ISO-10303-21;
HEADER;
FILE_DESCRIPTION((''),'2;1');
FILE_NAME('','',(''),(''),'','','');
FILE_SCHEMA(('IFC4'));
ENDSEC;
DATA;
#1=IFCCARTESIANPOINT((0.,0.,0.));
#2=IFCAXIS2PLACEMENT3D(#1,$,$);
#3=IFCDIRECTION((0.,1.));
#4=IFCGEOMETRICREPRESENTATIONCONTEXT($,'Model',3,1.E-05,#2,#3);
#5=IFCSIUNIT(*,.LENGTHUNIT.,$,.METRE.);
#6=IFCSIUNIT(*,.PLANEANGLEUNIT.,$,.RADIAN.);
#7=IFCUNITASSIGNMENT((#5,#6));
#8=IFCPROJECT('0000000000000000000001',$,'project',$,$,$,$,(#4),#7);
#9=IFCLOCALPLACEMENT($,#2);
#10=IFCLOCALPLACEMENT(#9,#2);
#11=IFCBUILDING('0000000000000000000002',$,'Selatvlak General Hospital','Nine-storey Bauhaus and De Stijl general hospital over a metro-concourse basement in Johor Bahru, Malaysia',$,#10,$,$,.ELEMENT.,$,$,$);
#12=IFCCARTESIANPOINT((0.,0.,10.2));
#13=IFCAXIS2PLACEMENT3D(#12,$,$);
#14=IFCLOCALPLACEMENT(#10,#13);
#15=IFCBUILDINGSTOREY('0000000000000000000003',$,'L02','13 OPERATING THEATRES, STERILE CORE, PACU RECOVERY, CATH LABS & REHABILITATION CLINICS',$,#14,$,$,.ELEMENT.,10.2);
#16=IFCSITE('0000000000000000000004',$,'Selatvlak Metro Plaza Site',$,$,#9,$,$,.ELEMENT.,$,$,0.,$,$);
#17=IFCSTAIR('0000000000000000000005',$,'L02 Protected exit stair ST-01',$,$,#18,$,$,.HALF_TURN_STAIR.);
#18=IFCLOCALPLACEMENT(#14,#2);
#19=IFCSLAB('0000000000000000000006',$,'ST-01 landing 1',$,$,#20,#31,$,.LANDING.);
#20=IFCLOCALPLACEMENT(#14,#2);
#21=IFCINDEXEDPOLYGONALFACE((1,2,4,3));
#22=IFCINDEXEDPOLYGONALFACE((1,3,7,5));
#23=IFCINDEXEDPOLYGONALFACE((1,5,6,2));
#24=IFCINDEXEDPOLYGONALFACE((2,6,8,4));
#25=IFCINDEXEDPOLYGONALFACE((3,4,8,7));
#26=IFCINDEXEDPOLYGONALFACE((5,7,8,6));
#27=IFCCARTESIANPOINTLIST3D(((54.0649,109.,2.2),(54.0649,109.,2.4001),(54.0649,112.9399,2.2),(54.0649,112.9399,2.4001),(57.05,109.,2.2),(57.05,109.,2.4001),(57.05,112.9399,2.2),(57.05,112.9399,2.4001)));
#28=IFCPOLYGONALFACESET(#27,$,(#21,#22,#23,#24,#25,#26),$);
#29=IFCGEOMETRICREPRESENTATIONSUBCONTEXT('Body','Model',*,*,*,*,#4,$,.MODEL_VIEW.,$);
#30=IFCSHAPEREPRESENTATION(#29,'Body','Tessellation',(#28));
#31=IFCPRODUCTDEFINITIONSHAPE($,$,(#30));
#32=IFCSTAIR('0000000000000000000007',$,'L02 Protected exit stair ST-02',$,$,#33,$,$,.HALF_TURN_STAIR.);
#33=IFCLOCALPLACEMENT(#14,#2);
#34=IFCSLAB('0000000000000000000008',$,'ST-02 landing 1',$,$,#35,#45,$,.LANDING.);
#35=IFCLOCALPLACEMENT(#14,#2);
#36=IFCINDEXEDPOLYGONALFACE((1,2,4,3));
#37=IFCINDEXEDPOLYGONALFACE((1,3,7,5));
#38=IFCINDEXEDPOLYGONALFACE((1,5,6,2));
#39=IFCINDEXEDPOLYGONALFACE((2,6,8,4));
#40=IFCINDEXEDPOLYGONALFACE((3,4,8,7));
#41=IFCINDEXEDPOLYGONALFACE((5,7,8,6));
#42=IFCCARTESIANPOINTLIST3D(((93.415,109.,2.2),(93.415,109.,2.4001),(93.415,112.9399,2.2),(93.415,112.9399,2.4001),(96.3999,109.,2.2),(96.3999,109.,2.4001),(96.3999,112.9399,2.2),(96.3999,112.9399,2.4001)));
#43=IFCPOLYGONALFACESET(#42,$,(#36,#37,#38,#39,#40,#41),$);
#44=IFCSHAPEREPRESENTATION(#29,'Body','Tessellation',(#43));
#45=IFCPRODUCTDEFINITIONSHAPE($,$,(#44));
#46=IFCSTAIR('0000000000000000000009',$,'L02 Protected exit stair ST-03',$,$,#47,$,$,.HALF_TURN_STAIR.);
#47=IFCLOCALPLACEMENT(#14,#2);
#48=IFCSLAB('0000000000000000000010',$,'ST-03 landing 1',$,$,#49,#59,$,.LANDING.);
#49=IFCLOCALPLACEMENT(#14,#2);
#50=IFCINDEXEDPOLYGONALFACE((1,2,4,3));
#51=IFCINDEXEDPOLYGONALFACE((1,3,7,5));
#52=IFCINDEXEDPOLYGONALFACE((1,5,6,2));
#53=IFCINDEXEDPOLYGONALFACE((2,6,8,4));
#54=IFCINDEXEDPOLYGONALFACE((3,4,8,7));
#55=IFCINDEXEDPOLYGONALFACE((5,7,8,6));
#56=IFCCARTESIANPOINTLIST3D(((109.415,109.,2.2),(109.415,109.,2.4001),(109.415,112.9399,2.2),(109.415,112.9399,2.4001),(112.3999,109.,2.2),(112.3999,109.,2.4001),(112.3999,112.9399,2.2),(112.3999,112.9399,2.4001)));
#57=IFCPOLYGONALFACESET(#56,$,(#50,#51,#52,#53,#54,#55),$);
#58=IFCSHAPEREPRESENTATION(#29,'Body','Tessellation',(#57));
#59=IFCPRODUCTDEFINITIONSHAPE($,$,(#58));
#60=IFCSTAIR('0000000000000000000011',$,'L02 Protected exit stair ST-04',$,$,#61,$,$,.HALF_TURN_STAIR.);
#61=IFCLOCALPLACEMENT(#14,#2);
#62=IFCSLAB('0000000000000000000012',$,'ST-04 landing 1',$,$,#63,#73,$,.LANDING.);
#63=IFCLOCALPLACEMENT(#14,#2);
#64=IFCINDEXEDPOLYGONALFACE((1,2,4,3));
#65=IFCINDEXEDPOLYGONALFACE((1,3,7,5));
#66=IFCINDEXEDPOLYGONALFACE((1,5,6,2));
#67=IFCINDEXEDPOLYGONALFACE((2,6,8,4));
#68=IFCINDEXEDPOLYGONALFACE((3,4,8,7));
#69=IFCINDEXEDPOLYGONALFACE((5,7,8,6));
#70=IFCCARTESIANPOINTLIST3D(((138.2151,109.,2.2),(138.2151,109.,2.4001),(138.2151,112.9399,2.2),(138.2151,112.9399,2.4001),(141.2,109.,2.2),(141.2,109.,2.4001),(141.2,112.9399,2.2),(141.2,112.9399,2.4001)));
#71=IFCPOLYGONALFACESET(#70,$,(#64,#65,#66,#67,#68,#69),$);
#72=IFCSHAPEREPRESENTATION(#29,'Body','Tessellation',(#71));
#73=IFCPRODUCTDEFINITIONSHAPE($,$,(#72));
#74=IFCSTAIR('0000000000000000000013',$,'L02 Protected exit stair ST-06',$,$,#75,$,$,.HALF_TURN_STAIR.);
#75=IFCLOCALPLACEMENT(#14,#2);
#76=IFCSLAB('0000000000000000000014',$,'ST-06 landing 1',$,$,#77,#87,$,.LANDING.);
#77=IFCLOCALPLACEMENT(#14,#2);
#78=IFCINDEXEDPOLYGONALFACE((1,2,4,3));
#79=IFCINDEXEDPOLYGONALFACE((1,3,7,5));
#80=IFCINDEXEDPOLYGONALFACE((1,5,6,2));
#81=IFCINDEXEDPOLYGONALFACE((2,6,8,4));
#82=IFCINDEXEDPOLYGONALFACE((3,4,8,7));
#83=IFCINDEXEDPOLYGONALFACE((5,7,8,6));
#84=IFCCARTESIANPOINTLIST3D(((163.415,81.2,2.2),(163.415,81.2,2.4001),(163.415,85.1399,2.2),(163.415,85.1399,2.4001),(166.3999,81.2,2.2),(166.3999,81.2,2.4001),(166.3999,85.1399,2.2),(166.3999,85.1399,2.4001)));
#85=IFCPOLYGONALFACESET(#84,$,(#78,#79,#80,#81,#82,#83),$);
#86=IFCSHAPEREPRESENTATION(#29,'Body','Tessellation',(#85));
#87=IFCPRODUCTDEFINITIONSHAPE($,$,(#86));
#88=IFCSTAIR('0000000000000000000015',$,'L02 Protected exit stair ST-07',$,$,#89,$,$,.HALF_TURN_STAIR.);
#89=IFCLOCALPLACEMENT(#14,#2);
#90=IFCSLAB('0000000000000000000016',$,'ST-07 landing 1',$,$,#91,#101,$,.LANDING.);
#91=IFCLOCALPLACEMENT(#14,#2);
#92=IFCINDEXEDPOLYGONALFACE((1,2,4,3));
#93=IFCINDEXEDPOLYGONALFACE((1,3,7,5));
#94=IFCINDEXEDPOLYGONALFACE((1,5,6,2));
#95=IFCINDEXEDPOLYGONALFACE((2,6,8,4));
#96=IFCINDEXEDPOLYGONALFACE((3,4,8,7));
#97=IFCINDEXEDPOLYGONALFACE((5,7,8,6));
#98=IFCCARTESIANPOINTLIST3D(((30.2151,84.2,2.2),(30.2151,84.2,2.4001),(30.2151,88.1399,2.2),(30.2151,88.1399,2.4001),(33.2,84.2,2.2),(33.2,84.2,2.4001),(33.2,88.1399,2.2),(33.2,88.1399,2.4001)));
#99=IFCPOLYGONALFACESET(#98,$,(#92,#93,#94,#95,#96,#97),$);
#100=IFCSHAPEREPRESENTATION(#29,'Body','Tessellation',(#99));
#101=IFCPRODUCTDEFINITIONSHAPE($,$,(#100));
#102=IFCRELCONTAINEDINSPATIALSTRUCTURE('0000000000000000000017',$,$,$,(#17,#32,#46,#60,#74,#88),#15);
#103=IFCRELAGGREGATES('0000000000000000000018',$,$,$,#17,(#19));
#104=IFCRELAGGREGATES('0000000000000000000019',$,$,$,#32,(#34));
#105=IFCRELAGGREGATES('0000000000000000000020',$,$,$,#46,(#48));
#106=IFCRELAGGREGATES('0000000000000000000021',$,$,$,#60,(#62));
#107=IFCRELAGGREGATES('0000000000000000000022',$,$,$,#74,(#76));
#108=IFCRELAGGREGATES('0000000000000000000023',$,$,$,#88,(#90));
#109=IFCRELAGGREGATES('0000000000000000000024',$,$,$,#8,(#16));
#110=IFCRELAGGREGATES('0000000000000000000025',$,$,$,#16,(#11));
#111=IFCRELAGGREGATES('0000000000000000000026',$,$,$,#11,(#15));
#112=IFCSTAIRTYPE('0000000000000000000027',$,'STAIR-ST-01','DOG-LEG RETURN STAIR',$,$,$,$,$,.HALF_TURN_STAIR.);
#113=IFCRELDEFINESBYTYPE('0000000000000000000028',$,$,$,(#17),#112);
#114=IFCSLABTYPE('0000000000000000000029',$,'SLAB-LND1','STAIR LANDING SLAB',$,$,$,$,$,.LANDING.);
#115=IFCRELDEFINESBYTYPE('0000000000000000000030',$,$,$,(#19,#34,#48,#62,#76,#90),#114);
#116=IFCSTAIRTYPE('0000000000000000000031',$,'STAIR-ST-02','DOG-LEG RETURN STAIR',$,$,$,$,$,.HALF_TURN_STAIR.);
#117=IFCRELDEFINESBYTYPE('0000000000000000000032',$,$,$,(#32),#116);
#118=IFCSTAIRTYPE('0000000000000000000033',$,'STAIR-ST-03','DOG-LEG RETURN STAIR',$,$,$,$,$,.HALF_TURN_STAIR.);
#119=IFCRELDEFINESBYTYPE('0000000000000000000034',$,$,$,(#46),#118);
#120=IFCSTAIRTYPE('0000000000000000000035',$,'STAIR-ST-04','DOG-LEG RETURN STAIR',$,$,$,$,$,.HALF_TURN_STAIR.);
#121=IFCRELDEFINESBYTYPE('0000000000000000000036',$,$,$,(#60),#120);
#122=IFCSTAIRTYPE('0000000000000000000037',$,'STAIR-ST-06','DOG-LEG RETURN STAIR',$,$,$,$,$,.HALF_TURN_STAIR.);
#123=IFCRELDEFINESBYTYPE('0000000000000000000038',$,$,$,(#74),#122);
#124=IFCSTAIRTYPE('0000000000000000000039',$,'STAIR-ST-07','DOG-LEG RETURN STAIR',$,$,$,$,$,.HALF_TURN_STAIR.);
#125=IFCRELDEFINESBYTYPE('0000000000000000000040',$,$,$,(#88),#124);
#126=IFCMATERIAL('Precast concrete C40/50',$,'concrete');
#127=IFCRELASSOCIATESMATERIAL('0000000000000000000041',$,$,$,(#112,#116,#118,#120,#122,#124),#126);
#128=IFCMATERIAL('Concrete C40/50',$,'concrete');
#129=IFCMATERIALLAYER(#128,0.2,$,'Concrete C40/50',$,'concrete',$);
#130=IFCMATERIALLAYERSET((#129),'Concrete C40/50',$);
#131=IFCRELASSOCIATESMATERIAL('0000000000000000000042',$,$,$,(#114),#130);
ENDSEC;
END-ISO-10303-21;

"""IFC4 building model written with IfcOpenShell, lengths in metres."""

from ifc_helpers import new_model, si_unit, direction, frame, origin, place, context, subcontext, project, spatial, polyline, outline, extrude, material, layer, layer_set, type_object, element, aggregate, save


model = new_model("IFC4")

# Units and contexts
model_context = context("Model", 3, precision=1e-05, world=origin(), true_north=direction((0.0, 1.0)))
body_context = subcontext(model_context, "Body", "Model", "MODEL_VIEW")
ifc_project = project(units=[si_unit("LENGTHUNIT", "METRE"), si_unit("PLANEANGLEUNIT", "RADIAN")], contexts=[model_context])

# Site, building, storey
site_placement = place(None, origin())
site = spatial("IfcSite", under=ifc_project, at=site_placement, Name="Selatvlak Metro Plaza Site", CompositionType="ELEMENT", RefElevation=0.0)
building_placement = place(site_placement, origin())
building = spatial("IfcBuilding", under=site, at=building_placement, Name="Selatvlak General Hospital", Description="Nine-storey Bauhaus and De Stijl general hospital over a metro-concourse basement in Johor Bahru, Malaysia", CompositionType="ELEMENT")
storey_placement = place(building_placement, frame((0.0, 0.0, 10.2)))
storey = spatial("IfcBuildingStorey", under=building, at=storey_placement, Name="L02", Description="13 OPERATING THEATRES, STERILE CORE, PACU RECOVERY, CATH LABS & REHABILITATION CLINICS", CompositionType="ELEMENT", Elevation=10.2)

# Stairs, slabs
ifc_material_1 = material(Name="Precast concrete C40/50", Category="concrete")
stair_type_1 = type_object("IfcStairType", Name="STAIR-ST-01", Description="DOG-LEG RETURN STAIR", PredefinedType="HALF_TURN_STAIR", material=ifc_material_1)
stair_1_placement = place(storey_placement, origin())
stair_1 = element("IfcStair", 1, at=stair_1_placement, inside=storey, type_object=stair_type_1, Name="L02 Protected exit stair ST-01", PredefinedType="HALF_TURN_STAIR")
ifc_material_2 = material(Name="Concrete C40/50", Category="concrete")
ifc_layer_1 = layer(ifc_material_2, 0.2, Name="Concrete C40/50", Category="concrete")
ifc_layer_set_1 = layer_set([ifc_layer_1], Name="Concrete C40/50")
slab_type_1 = type_object("IfcSlabType", Name="SLAB-LND1", Description="STAIR LANDING SLAB", PredefinedType="LANDING", material=ifc_layer_set_1)
slab_1_placement = place(storey_placement, frame((0.0, 0.0, 2.2)))
slab_1 = element("IfcSlab", 2, at=slab_1_placement, type_object=slab_type_1, Name="ST-01 landing 1", PredefinedType="LANDING", context=body_context, shape_type="SweptSolid", body=[
    extrude(outline(polyline([(54.0649, 109.0), (57.05, 109.0), (57.05, 112.9399), (54.0649, 112.9399), (54.0649, 109.0)])), origin(), (0.0, 0.0, 1.0), 0.2002),
])
aggregate(stair_1, [slab_1])
stair_type_2 = type_object("IfcStairType", Name="STAIR-ST-02", Description="DOG-LEG RETURN STAIR", PredefinedType="HALF_TURN_STAIR", material=ifc_material_1)
stair_2_placement = place(storey_placement, origin())
stair_2 = element("IfcStair", 3, at=stair_2_placement, inside=storey, type_object=stair_type_2, Name="L02 Protected exit stair ST-02", PredefinedType="HALF_TURN_STAIR")
slab_2_placement = place(storey_placement, frame((0.0, 0.0, 2.2)))
slab_2 = element("IfcSlab", 4, at=slab_2_placement, type_object=slab_type_1, Name="ST-02 landing 1", PredefinedType="LANDING", context=body_context, shape_type="SweptSolid", body=[
    extrude(outline(polyline([(93.415, 109.0), (96.3999, 109.0), (96.3999, 112.9399), (93.415, 112.9399), (93.415, 109.0)])), origin(), (0.0, 0.0, 1.0), 0.2002),
])
aggregate(stair_2, [slab_2])
stair_type_3 = type_object("IfcStairType", Name="STAIR-ST-03", Description="DOG-LEG RETURN STAIR", PredefinedType="HALF_TURN_STAIR", material=ifc_material_1)
stair_3_placement = place(storey_placement, origin())
stair_3 = element("IfcStair", 5, at=stair_3_placement, inside=storey, type_object=stair_type_3, Name="L02 Protected exit stair ST-03", PredefinedType="HALF_TURN_STAIR")
slab_3_placement = place(storey_placement, frame((0.0, 0.0, 2.2)))
slab_3 = element("IfcSlab", 6, at=slab_3_placement, type_object=slab_type_1, Name="ST-03 landing 1", PredefinedType="LANDING", context=body_context, shape_type="SweptSolid", body=[
    extrude(outline(polyline([(109.415, 109.0), (112.3999, 109.0), (112.3999, 112.9399), (109.415, 112.9399), (109.415, 109.0)])), origin(), (0.0, 0.0, 1.0), 0.2002),
])
aggregate(stair_3, [slab_3])
stair_type_4 = type_object("IfcStairType", Name="STAIR-ST-04", Description="DOG-LEG RETURN STAIR", PredefinedType="HALF_TURN_STAIR", material=ifc_material_1)
stair_4_placement = place(storey_placement, origin())
stair_4 = element("IfcStair", 7, at=stair_4_placement, inside=storey, type_object=stair_type_4, Name="L02 Protected exit stair ST-04", PredefinedType="HALF_TURN_STAIR")
slab_4_placement = place(storey_placement, frame((0.0, 0.0, 2.2)))
slab_4 = element("IfcSlab", 8, at=slab_4_placement, type_object=slab_type_1, Name="ST-04 landing 1", PredefinedType="LANDING", context=body_context, shape_type="SweptSolid", body=[
    extrude(outline(polyline([(138.2151, 109.0), (141.2, 109.0), (141.2, 112.9399), (138.2151, 112.9399), (138.2151, 109.0)])), origin(), (0.0, 0.0, 1.0), 0.2002),
])
aggregate(stair_4, [slab_4])
stair_type_5 = type_object("IfcStairType", Name="STAIR-ST-06", Description="DOG-LEG RETURN STAIR", PredefinedType="HALF_TURN_STAIR", material=ifc_material_1)
stair_5_placement = place(storey_placement, origin())
stair_5 = element("IfcStair", 9, at=stair_5_placement, inside=storey, type_object=stair_type_5, Name="L02 Protected exit stair ST-06", PredefinedType="HALF_TURN_STAIR")
slab_5_placement = place(storey_placement, frame((0.0, 0.0, 2.2)))
slab_5 = element("IfcSlab", 10, at=slab_5_placement, type_object=slab_type_1, Name="ST-06 landing 1", PredefinedType="LANDING", context=body_context, shape_type="SweptSolid", body=[
    extrude(outline(polyline([(163.415, 81.2), (166.3999, 81.2), (166.3999, 85.1399), (163.415, 85.1399), (163.415, 81.2)])), origin(), (0.0, 0.0, 1.0), 0.2002),
])
aggregate(stair_5, [slab_5])
stair_type_6 = type_object("IfcStairType", Name="STAIR-ST-07", Description="DOG-LEG RETURN STAIR", PredefinedType="HALF_TURN_STAIR", material=ifc_material_1)
stair_6_placement = place(storey_placement, origin())
stair_6 = element("IfcStair", 11, at=stair_6_placement, inside=storey, type_object=stair_type_6, Name="L02 Protected exit stair ST-07", PredefinedType="HALF_TURN_STAIR")
slab_6_placement = place(storey_placement, frame((0.0, 0.0, 2.2)))
slab_6 = element("IfcSlab", 12, at=slab_6_placement, type_object=slab_type_1, Name="ST-07 landing 1", PredefinedType="LANDING", context=body_context, shape_type="SweptSolid", body=[
    extrude(outline(polyline([(30.2151, 84.2), (33.2, 84.2), (33.2, 88.1399), (30.2151, 88.1399), (30.2151, 84.2)])), origin(), (0.0, 0.0, 1.0), 0.2002),
])
aggregate(stair_6, [slab_6])

save(model, "model.ifc")
